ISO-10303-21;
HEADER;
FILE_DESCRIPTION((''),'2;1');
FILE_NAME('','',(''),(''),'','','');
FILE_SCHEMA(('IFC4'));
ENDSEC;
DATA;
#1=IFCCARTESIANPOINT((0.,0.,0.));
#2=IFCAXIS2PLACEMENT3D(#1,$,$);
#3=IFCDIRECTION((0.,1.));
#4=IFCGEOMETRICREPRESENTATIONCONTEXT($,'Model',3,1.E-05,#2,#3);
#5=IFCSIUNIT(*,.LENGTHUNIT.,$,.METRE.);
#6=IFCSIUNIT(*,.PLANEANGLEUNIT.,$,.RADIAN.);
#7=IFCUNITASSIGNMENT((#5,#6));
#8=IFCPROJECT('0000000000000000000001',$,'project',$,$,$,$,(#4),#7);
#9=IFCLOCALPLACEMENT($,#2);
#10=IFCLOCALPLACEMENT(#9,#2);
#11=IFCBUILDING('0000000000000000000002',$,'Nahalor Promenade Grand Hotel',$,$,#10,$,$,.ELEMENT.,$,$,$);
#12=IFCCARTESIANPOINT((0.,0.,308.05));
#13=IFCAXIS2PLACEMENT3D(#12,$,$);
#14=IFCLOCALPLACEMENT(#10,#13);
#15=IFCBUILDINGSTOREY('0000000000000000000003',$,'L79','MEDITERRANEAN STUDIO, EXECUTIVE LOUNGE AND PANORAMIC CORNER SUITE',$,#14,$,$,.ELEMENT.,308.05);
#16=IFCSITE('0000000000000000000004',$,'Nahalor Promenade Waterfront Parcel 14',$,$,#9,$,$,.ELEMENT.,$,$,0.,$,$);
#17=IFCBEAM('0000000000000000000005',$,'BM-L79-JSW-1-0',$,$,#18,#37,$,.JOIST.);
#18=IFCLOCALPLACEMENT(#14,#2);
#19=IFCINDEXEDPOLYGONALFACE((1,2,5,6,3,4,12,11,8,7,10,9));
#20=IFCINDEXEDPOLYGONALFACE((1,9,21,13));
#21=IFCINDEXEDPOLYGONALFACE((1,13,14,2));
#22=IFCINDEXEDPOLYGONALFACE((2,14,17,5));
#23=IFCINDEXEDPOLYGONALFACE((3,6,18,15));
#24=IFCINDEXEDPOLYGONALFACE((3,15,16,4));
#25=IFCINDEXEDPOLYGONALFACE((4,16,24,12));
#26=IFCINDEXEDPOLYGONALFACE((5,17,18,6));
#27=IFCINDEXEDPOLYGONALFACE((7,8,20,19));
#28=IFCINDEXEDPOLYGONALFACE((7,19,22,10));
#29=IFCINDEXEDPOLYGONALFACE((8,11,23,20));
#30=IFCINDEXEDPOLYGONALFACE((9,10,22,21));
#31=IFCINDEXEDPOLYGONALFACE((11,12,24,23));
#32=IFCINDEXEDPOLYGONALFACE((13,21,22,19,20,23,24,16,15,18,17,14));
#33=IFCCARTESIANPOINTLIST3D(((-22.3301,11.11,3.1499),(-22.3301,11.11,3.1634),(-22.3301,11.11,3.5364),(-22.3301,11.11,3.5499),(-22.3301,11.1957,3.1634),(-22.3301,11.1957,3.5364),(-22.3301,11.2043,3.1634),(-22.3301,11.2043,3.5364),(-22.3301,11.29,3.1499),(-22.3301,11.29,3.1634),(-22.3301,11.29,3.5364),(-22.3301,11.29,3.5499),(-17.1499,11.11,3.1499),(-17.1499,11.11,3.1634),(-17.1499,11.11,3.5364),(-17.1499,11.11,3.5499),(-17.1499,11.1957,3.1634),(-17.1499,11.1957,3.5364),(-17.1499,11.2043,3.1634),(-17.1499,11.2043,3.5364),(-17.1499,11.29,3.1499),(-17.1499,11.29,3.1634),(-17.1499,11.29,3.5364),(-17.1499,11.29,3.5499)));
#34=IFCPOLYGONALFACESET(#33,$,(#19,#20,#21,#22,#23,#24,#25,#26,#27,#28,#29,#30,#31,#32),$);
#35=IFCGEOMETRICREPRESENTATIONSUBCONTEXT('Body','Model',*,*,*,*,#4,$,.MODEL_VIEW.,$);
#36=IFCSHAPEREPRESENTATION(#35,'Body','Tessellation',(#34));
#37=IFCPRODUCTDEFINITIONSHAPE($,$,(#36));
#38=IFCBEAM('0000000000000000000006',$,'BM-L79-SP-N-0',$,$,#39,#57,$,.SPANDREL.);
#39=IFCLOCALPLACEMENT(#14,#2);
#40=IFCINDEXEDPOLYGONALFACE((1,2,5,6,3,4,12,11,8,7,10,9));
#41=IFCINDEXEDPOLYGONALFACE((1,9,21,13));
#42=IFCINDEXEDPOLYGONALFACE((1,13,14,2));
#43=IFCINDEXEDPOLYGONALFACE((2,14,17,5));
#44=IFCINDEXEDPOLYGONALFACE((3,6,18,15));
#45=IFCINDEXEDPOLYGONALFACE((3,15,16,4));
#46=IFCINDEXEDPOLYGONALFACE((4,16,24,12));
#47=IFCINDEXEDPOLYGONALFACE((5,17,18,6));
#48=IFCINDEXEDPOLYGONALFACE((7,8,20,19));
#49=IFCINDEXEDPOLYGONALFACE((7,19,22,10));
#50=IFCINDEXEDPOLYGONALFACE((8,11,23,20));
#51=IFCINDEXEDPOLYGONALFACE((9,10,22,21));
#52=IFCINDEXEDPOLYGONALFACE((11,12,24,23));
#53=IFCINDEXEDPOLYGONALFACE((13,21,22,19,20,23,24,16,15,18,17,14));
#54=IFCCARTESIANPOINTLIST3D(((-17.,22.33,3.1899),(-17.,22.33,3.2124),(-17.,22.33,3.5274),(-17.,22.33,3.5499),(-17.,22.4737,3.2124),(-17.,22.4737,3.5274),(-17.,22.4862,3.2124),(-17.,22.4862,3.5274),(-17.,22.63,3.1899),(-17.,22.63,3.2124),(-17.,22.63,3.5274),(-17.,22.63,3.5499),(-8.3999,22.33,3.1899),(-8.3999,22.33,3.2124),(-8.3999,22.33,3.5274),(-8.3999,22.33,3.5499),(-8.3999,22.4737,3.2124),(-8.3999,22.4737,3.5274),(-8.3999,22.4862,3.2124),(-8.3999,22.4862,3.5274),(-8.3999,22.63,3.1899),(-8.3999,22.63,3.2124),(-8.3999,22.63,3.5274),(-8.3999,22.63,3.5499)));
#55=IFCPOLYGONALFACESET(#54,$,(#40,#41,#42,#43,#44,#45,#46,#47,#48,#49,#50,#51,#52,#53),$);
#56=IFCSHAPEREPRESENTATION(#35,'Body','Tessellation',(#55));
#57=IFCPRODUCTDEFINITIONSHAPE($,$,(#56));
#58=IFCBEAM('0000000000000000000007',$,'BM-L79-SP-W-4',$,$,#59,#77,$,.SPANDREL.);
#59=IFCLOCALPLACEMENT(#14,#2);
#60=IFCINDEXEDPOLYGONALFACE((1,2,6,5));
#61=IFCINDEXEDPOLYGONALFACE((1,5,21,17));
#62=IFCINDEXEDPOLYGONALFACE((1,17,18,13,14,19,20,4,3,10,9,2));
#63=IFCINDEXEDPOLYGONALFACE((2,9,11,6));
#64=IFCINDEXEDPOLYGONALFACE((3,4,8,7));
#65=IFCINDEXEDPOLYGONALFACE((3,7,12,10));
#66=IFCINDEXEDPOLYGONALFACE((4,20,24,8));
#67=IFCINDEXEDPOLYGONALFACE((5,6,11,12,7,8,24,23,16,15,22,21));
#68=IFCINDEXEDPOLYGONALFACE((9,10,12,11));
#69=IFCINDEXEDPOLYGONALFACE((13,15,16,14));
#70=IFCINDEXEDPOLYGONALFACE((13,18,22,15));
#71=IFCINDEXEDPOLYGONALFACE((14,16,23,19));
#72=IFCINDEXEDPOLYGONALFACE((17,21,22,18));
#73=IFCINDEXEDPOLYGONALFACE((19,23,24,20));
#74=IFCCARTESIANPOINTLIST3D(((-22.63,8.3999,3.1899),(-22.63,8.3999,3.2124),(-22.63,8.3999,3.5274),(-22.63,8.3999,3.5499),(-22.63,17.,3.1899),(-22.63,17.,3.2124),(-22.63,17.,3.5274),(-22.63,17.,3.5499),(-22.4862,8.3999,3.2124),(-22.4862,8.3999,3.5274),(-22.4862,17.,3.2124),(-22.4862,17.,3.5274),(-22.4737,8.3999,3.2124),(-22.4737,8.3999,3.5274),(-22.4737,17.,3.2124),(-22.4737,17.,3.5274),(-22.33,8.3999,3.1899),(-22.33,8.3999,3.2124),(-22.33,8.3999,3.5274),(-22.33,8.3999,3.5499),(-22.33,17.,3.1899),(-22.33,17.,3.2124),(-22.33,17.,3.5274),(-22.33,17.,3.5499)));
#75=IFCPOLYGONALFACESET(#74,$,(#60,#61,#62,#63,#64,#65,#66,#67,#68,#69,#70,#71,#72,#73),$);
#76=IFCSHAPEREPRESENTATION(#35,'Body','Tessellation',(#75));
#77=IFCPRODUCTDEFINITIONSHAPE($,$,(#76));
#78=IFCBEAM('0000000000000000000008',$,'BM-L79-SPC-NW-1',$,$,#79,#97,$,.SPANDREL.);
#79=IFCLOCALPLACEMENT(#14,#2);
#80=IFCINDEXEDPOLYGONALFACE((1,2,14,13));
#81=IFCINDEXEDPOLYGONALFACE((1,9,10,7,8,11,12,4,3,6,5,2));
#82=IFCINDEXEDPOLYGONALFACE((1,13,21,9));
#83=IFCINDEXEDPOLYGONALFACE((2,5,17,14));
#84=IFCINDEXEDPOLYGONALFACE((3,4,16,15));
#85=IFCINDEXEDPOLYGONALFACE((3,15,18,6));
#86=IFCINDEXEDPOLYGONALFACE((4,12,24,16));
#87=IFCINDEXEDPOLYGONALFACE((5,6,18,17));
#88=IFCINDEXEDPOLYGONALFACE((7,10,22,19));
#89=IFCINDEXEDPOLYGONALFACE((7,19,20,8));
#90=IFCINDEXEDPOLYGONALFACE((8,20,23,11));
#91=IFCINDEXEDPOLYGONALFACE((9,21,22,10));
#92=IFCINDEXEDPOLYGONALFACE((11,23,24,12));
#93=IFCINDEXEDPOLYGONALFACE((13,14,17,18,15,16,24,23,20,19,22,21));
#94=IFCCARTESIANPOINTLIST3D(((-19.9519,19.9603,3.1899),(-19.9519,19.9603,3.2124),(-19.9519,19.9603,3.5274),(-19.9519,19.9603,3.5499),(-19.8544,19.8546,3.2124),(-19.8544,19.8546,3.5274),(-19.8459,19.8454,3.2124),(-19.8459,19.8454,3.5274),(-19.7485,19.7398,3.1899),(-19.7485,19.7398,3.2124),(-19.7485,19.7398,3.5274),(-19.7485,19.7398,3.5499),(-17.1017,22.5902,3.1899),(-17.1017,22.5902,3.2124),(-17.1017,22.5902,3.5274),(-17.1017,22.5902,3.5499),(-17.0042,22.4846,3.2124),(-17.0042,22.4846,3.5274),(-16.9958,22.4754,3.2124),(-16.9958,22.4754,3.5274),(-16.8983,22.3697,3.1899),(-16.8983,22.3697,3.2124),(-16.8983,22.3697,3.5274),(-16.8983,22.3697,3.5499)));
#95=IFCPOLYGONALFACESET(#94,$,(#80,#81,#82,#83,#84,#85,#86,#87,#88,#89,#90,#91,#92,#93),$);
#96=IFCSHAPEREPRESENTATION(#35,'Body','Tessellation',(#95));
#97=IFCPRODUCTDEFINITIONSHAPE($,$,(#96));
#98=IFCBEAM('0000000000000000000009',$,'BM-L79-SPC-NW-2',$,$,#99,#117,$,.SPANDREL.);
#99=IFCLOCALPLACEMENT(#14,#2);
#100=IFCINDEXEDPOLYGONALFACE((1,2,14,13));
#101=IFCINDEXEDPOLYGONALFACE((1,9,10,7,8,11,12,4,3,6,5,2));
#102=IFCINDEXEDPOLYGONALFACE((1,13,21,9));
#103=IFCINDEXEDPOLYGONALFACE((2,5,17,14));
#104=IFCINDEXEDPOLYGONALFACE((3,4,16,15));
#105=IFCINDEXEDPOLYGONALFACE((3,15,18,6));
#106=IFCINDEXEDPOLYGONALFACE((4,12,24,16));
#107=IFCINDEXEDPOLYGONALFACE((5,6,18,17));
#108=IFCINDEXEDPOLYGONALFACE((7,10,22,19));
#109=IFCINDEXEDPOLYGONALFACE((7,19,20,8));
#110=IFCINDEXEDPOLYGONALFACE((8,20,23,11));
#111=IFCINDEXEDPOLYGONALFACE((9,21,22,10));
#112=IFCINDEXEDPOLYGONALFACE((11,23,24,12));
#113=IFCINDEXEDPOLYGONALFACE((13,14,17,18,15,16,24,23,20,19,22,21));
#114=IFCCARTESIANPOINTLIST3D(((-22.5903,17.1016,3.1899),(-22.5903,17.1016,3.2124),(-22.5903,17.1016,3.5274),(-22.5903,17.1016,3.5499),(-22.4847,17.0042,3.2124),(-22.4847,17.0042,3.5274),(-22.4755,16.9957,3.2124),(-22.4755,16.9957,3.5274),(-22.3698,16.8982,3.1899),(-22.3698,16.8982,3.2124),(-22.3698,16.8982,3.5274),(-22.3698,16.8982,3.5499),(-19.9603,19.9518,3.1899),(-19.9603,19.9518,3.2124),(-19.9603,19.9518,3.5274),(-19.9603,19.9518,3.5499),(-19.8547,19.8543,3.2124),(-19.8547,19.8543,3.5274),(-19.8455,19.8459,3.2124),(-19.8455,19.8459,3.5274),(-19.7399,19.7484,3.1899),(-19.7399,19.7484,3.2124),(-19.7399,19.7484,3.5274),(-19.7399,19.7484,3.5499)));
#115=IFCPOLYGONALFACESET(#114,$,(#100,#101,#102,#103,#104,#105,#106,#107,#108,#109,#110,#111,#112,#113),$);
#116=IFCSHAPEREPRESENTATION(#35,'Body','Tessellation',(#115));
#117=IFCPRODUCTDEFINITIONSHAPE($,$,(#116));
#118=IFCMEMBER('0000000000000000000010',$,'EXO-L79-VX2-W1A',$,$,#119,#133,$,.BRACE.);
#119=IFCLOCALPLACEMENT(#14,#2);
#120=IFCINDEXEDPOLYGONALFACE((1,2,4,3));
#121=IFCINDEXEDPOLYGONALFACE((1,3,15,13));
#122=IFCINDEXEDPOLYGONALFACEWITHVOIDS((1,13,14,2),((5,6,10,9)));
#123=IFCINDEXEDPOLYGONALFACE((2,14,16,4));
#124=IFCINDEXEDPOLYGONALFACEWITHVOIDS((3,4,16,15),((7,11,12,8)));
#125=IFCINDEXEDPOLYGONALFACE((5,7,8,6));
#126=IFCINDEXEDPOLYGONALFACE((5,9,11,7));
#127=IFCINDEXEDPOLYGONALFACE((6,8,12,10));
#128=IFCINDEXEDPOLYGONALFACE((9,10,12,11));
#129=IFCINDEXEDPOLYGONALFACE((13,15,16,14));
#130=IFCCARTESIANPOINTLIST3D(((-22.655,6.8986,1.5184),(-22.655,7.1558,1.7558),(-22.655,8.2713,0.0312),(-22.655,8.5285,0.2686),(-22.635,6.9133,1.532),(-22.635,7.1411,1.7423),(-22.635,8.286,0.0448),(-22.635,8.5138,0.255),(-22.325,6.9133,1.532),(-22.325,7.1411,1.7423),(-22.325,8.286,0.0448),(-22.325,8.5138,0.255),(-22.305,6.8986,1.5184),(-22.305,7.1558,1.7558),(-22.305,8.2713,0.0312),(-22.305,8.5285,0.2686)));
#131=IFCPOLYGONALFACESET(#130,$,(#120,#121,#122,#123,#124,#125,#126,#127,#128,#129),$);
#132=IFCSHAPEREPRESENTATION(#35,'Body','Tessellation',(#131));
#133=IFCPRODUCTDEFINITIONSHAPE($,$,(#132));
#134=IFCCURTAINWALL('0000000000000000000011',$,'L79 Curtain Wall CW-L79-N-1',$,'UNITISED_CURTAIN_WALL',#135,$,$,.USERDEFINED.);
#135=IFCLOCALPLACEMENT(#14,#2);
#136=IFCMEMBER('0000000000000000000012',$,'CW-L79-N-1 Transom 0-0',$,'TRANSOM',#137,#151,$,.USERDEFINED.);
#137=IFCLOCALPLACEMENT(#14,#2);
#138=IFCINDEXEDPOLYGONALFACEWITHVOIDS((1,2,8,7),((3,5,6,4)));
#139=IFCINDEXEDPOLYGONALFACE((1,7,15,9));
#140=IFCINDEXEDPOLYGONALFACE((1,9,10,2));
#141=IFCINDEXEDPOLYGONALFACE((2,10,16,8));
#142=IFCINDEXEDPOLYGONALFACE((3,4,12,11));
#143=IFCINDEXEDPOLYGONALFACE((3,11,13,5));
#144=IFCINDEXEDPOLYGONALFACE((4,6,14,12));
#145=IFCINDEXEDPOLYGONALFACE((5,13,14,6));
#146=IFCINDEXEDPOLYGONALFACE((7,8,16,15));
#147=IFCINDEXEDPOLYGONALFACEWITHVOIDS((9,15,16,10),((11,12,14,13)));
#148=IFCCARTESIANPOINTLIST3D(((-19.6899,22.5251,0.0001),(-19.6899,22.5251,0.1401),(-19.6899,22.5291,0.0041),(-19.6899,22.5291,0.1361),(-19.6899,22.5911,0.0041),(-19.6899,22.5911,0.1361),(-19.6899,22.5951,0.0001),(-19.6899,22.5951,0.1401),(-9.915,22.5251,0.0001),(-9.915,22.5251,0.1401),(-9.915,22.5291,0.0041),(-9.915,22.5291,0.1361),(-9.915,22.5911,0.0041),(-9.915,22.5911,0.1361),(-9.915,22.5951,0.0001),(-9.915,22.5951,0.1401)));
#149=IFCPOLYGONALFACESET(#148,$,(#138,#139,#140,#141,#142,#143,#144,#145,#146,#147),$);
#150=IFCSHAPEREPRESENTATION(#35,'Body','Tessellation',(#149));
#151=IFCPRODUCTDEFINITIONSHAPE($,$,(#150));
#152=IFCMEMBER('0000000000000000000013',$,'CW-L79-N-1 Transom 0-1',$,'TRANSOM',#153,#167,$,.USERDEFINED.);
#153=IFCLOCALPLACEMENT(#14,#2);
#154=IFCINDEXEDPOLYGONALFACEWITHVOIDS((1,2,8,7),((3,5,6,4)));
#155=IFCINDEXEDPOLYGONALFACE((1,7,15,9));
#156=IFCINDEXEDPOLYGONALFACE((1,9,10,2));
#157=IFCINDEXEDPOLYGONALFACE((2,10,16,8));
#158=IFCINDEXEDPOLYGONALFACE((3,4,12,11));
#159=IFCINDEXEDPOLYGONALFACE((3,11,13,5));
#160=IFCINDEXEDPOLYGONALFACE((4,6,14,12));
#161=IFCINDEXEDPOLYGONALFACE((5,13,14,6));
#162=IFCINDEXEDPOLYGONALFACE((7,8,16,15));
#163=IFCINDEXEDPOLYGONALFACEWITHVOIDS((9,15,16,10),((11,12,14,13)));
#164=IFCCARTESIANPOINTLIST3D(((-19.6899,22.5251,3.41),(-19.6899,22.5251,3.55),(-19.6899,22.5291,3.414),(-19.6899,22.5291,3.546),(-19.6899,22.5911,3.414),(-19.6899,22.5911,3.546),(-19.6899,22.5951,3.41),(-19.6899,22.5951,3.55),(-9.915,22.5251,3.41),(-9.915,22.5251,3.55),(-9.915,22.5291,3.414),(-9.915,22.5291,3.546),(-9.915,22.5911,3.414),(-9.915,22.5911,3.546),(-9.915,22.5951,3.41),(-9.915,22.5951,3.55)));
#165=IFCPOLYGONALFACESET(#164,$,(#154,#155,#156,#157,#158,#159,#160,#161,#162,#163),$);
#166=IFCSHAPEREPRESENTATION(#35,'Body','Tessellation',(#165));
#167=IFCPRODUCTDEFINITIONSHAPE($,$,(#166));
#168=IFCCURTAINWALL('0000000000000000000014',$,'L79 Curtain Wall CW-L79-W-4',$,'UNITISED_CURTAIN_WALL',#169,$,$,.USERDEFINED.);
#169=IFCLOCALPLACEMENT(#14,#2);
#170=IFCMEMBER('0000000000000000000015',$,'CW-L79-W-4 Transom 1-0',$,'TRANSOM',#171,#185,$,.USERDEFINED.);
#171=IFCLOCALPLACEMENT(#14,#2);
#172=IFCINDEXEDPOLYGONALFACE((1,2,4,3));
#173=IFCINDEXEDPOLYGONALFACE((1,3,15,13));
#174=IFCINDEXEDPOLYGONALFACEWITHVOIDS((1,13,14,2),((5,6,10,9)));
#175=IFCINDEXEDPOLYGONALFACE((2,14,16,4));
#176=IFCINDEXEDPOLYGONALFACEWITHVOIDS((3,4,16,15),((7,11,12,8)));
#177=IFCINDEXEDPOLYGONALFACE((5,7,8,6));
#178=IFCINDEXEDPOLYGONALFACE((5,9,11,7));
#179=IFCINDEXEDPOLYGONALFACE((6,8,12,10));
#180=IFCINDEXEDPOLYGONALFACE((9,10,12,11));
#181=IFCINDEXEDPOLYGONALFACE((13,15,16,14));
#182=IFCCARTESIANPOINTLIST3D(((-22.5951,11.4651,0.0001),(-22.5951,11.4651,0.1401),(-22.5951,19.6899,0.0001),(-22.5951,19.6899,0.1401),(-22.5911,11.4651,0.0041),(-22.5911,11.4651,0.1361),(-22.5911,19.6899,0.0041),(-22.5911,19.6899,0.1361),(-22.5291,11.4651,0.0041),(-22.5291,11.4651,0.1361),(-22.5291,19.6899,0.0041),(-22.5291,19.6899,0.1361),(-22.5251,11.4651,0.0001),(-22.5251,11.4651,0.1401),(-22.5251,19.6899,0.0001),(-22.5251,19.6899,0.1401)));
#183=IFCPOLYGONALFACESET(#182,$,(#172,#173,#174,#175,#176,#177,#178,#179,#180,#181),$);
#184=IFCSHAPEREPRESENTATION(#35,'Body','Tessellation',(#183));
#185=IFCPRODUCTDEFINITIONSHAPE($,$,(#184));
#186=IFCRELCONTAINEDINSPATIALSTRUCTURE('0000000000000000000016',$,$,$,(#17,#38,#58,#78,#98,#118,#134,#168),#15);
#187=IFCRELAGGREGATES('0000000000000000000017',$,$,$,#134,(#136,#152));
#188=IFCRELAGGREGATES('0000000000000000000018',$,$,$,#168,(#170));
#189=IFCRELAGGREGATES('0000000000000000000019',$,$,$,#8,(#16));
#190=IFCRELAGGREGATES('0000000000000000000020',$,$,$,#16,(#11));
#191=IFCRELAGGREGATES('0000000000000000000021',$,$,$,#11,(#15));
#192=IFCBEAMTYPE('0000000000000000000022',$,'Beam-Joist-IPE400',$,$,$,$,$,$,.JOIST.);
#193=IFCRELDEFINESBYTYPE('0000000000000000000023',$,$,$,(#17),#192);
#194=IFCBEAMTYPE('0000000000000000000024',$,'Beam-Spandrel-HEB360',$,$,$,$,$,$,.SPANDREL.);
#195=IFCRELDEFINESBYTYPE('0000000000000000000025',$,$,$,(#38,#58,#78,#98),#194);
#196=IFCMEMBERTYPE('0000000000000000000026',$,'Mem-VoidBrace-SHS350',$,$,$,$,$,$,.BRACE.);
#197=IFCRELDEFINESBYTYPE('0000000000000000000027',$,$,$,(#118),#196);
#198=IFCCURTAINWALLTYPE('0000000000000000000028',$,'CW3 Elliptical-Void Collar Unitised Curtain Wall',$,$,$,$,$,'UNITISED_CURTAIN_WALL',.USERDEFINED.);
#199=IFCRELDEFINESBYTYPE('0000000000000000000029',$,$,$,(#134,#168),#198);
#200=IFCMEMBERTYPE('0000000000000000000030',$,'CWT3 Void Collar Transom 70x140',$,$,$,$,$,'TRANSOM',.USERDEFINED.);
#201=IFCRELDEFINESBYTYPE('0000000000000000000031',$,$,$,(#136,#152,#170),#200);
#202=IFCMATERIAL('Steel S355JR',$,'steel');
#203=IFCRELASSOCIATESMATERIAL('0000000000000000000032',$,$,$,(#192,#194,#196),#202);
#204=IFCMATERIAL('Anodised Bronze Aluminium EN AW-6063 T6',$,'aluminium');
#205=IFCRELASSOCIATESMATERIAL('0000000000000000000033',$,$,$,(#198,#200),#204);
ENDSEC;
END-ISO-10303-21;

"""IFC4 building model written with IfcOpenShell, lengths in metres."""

from ifc_helpers import new_model, si_unit, direction, frame, origin, origin_2d, place, context, subcontext, project, spatial, hollow_rectangle, i_section, extrude, source, transform, mapped, material, material_profile, profile_set, type_object, element, aggregate, save


model = new_model("IFC4")

# Units and contexts
model_context = context("Model", 3, precision=1e-05, world=origin(), true_north=direction((0.0, 1.0)))
body_context = subcontext(model_context, "Body", "Model", "MODEL_VIEW")
ifc_project = project(units=[si_unit("LENGTHUNIT", "METRE"), si_unit("PLANEANGLEUNIT", "RADIAN")], contexts=[model_context])

# Site, building, storey
site_placement = place(None, origin())
site = spatial("IfcSite", under=ifc_project, at=site_placement, Name="Nahalor Promenade Waterfront Parcel 14", CompositionType="ELEMENT", RefElevation=0.0)
building_placement = place(site_placement, origin())
building = spatial("IfcBuilding", under=site, at=building_placement, Name="Nahalor Promenade Grand Hotel", CompositionType="ELEMENT")
storey_placement = place(building_placement, frame((0.0, 0.0, 308.05)))
storey = spatial("IfcBuildingStorey", under=building, at=storey_placement, Name="L79", Description="MEDITERRANEAN STUDIO, EXECUTIVE LOUNGE AND PANORAMIC CORNER SUITE", CompositionType="ELEMENT", Elevation=308.05)

# Shared definitions
ifc_material_1 = material(Name="Steel S355JR", Category="steel")

# Beams
ifc_material_profile_1 = material_profile(ifc_material_1, i_section(OverallWidth=0.18, OverallDepth=0.4, WebThickness=0.0086, FlangeThickness=0.0135, at=origin_2d()), Name="IPE 400")
ifc_profile_set_1 = profile_set([ifc_material_profile_1], Name="Steel S355JR")
beam_type_1 = type_object("IfcBeamType", Name="Beam-Joist-IPE400", PredefinedType="JOIST", material=ifc_profile_set_1)
shared_shape_1 = source(origin(), body_context, "Body", "SweptSolid", [
    extrude(i_section(OverallWidth=0.18, OverallDepth=0.4, WebThickness=0.0086, FlangeThickness=0.0135, at=origin_2d()), origin(), (0.0, 0.0, 1.0), 5.1802),
])
beam_1_placement = place(storey_placement, frame((-22.3301, 11.2, 3.3499), z_axis=(1.0, 0.0, 0.0), x_axis=(0.0, 1.0, 0.0)))
element("IfcBeam", 1, at=beam_1_placement, inside=storey, type_object=beam_type_1, Name="BM-L79-JSW-1-0", PredefinedType="JOIST", context=body_context, shape_type="MappedRepresentation", body=[
    mapped(shared_shape_1, transform((0.0, 0.0, 0.0), scale=1.0)),
])
ifc_material_profile_2 = material_profile(ifc_material_1, i_section(OverallWidth=0.3, OverallDepth=0.36, WebThickness=0.0125, FlangeThickness=0.0225, at=origin_2d()), Name="HEB 360")
ifc_profile_set_2 = profile_set([ifc_material_profile_2], Name="Steel S355JR")
beam_type_2 = type_object("IfcBeamType", Name="Beam-Spandrel-HEB360", PredefinedType="SPANDREL", material=ifc_profile_set_2)
shared_shape_2 = source(origin(), body_context, "Body", "SweptSolid", [
    extrude(i_section(OverallWidth=0.3, OverallDepth=0.36, WebThickness=0.0125, FlangeThickness=0.0225, at=origin_2d()), origin(), (0.0, 0.0, 1.0), 8.6001),
])
for number, where, z_axis, x_axis, name in (
    (2, (-17.0, 22.48, 3.3699), (1.0, 0.0, 0.0), (0.0, 1.0, 0.0), "BM-L79-SP-N-0"),
    (3, (-22.48, 8.3999, 3.3699), (0.0, 1.0, 0.0), (-1.0, 0.0, 0.0), "BM-L79-SP-W-4"),
):
    element("IfcBeam", number, at=place(storey_placement, frame(where, z_axis=z_axis, x_axis=x_axis)), inside=storey, type_object=beam_type_2, Name=name, PredefinedType="SPANDREL", context=body_context, shape_type="MappedRepresentation", body=[
        mapped(shared_shape_2, transform((0.0, 0.0, 0.0), scale=1.0)),
    ])
shared_shape_3 = source(origin(), body_context, "Body", "SweptSolid", [
    extrude(i_section(OverallWidth=0.3, OverallDepth=0.36, WebThickness=0.0125, FlangeThickness=0.0225, at=origin_2d()), origin(), (0.0, 0.0, 1.0), 3.8782),
])
for number, where, z_axis, x_axis, name in (
    (4, (-17.0, 22.48, 3.3699), (-0.734929, -0.678144, 0.0), (0.678144, -0.734929, 0.0), "BM-L79-SPC-NW-1"),
    (5, (-19.8501, 19.8501, 3.3699), (-0.678144, -0.734929, 0.0), (0.734929, -0.678144, 0.0), "BM-L79-SPC-NW-2"),
):
    element("IfcBeam", number, at=place(storey_placement, frame(where, z_axis=z_axis, x_axis=x_axis)), inside=storey, type_object=beam_type_2, Name=name, PredefinedType="SPANDREL", context=body_context, shape_type="MappedRepresentation", body=[
        mapped(shared_shape_3, transform((0.0, 0.0, 0.0), scale=1.0)),
    ])

# Member
ifc_material_profile_3 = material_profile(ifc_material_1, hollow_rectangle(XDim=0.35, YDim=0.35, WallThickness=0.02, at=origin_2d()), Name="SHS 350x350x20")
ifc_profile_set_3 = profile_set([ifc_material_profile_3], Name="Steel S355JR")
member_type_1 = type_object("IfcMemberType", Name="Mem-VoidBrace-SHS350", PredefinedType="BRACE", material=ifc_profile_set_3)
shared_shape_4 = source(origin(), body_context, "Body", "SweptSolid", [
    extrude(hollow_rectangle(XDim=0.35, YDim=0.35, WallThickness=0.02, at=origin_2d()), origin(), (0.0, 0.0, 1.0), 2.0239),
])
member_1_placement = place(storey_placement, frame((-22.48, 8.3999, 0.1499), z_axis=(0.0, -0.678255, 0.734827), x_axis=(1.0, 0.0, 0.0)))
element("IfcMember", 6, at=member_1_placement, inside=storey, type_object=member_type_1, Name="EXO-L79-VX2-W1A", PredefinedType="BRACE", context=body_context, shape_type="MappedRepresentation", body=[
    mapped(shared_shape_4, transform((0.0, 0.0, 0.0), scale=1.0)),
])

# Curtain walls, members
ifc_material_2 = material(Name="Anodised Bronze Aluminium EN AW-6063 T6", Category="aluminium")
curtain_wall_type = type_object("IfcCurtainWallType", Name="CW3 Elliptical-Void Collar Unitised Curtain Wall", ElementType="UNITISED_CURTAIN_WALL", PredefinedType="USERDEFINED", material=ifc_material_2)
curtain_wall_1_placement = place(storey_placement, origin())
curtain_wall_1 = element("IfcCurtainWall", 7, at=curtain_wall_1_placement, inside=storey, type_object=curtain_wall_type, Name="L79 Curtain Wall CW-L79-N-1", ObjectType="UNITISED_CURTAIN_WALL", PredefinedType="USERDEFINED")
ifc_material_profile_4 = material_profile(ifc_material_2, hollow_rectangle(XDim=0.07, YDim=0.14, WallThickness=0.004, at=origin_2d()), Name="CWT 70x140x4")
ifc_profile_set_4 = profile_set([ifc_material_profile_4], Name="Anodised Bronze Aluminium EN AW-6063 T6")
member_type_2 = type_object("IfcMemberType", Name="CWT3 Void Collar Transom 70x140", ElementType="TRANSOM", PredefinedType="USERDEFINED", material=ifc_profile_set_4)
shared_shape_5 = source(origin(), body_context, "Body", "SweptSolid", [
    extrude(hollow_rectangle(XDim=0.07, YDim=0.14, WallThickness=0.004, at=origin_2d()), origin(), (0.0, 0.0, 1.0), 9.7749),
])
member_2_placement = place(storey_placement, frame((-19.6899, 22.5601, 0.0701), z_axis=(1.0, 0.0, 0.0), x_axis=(0.0, 1.0, 0.0)))
member_2 = element("IfcMember", 8, at=member_2_placement, type_object=member_type_2, Name="CW-L79-N-1 Transom 0-0", ObjectType="TRANSOM", PredefinedType="USERDEFINED", context=body_context, shape_type="MappedRepresentation", body=[
    mapped(shared_shape_5, transform((0.0, 0.0, 0.0), scale=1.0)),
])
member_3_placement = place(storey_placement, frame((-19.6899, 22.5601, 3.48), z_axis=(1.0, 0.0, 0.0), x_axis=(0.0, 1.0, 0.0)))
member_3 = element("IfcMember", 9, at=member_3_placement, type_object=member_type_2, Name="CW-L79-N-1 Transom 0-1", ObjectType="TRANSOM", PredefinedType="USERDEFINED", context=body_context, shape_type="MappedRepresentation", body=[
    mapped(shared_shape_5, transform((0.0, 0.0, 0.0), scale=1.0)),
])
curtain_wall_2_placement = place(storey_placement, origin())
curtain_wall_2 = element("IfcCurtainWall", 10, at=curtain_wall_2_placement, inside=storey, type_object=curtain_wall_type, Name="L79 Curtain Wall CW-L79-W-4", ObjectType="UNITISED_CURTAIN_WALL", PredefinedType="USERDEFINED")
shared_shape_6 = source(origin(), body_context, "Body", "SweptSolid", [
    extrude(hollow_rectangle(XDim=0.07, YDim=0.14, WallThickness=0.004, at=origin_2d()), origin(), (0.0, 0.0, 1.0), 8.2249),
])
member_4_placement = place(storey_placement, frame((-22.5601, 11.4651, 0.0701), z_axis=(0.0, 1.0, 0.0), x_axis=(-1.0, 0.0, 0.0)))
member_4 = element("IfcMember", 11, at=member_4_placement, type_object=member_type_2, Name="CW-L79-W-4 Transom 1-0", ObjectType="TRANSOM", PredefinedType="USERDEFINED", context=body_context, shape_type="MappedRepresentation", body=[
    mapped(shared_shape_6, transform((0.0, 0.0, 0.0), scale=1.0)),
])

aggregate(curtain_wall_1, [member_2, member_3])
aggregate(curtain_wall_2, [member_4])

save(model, "model.ifc")
